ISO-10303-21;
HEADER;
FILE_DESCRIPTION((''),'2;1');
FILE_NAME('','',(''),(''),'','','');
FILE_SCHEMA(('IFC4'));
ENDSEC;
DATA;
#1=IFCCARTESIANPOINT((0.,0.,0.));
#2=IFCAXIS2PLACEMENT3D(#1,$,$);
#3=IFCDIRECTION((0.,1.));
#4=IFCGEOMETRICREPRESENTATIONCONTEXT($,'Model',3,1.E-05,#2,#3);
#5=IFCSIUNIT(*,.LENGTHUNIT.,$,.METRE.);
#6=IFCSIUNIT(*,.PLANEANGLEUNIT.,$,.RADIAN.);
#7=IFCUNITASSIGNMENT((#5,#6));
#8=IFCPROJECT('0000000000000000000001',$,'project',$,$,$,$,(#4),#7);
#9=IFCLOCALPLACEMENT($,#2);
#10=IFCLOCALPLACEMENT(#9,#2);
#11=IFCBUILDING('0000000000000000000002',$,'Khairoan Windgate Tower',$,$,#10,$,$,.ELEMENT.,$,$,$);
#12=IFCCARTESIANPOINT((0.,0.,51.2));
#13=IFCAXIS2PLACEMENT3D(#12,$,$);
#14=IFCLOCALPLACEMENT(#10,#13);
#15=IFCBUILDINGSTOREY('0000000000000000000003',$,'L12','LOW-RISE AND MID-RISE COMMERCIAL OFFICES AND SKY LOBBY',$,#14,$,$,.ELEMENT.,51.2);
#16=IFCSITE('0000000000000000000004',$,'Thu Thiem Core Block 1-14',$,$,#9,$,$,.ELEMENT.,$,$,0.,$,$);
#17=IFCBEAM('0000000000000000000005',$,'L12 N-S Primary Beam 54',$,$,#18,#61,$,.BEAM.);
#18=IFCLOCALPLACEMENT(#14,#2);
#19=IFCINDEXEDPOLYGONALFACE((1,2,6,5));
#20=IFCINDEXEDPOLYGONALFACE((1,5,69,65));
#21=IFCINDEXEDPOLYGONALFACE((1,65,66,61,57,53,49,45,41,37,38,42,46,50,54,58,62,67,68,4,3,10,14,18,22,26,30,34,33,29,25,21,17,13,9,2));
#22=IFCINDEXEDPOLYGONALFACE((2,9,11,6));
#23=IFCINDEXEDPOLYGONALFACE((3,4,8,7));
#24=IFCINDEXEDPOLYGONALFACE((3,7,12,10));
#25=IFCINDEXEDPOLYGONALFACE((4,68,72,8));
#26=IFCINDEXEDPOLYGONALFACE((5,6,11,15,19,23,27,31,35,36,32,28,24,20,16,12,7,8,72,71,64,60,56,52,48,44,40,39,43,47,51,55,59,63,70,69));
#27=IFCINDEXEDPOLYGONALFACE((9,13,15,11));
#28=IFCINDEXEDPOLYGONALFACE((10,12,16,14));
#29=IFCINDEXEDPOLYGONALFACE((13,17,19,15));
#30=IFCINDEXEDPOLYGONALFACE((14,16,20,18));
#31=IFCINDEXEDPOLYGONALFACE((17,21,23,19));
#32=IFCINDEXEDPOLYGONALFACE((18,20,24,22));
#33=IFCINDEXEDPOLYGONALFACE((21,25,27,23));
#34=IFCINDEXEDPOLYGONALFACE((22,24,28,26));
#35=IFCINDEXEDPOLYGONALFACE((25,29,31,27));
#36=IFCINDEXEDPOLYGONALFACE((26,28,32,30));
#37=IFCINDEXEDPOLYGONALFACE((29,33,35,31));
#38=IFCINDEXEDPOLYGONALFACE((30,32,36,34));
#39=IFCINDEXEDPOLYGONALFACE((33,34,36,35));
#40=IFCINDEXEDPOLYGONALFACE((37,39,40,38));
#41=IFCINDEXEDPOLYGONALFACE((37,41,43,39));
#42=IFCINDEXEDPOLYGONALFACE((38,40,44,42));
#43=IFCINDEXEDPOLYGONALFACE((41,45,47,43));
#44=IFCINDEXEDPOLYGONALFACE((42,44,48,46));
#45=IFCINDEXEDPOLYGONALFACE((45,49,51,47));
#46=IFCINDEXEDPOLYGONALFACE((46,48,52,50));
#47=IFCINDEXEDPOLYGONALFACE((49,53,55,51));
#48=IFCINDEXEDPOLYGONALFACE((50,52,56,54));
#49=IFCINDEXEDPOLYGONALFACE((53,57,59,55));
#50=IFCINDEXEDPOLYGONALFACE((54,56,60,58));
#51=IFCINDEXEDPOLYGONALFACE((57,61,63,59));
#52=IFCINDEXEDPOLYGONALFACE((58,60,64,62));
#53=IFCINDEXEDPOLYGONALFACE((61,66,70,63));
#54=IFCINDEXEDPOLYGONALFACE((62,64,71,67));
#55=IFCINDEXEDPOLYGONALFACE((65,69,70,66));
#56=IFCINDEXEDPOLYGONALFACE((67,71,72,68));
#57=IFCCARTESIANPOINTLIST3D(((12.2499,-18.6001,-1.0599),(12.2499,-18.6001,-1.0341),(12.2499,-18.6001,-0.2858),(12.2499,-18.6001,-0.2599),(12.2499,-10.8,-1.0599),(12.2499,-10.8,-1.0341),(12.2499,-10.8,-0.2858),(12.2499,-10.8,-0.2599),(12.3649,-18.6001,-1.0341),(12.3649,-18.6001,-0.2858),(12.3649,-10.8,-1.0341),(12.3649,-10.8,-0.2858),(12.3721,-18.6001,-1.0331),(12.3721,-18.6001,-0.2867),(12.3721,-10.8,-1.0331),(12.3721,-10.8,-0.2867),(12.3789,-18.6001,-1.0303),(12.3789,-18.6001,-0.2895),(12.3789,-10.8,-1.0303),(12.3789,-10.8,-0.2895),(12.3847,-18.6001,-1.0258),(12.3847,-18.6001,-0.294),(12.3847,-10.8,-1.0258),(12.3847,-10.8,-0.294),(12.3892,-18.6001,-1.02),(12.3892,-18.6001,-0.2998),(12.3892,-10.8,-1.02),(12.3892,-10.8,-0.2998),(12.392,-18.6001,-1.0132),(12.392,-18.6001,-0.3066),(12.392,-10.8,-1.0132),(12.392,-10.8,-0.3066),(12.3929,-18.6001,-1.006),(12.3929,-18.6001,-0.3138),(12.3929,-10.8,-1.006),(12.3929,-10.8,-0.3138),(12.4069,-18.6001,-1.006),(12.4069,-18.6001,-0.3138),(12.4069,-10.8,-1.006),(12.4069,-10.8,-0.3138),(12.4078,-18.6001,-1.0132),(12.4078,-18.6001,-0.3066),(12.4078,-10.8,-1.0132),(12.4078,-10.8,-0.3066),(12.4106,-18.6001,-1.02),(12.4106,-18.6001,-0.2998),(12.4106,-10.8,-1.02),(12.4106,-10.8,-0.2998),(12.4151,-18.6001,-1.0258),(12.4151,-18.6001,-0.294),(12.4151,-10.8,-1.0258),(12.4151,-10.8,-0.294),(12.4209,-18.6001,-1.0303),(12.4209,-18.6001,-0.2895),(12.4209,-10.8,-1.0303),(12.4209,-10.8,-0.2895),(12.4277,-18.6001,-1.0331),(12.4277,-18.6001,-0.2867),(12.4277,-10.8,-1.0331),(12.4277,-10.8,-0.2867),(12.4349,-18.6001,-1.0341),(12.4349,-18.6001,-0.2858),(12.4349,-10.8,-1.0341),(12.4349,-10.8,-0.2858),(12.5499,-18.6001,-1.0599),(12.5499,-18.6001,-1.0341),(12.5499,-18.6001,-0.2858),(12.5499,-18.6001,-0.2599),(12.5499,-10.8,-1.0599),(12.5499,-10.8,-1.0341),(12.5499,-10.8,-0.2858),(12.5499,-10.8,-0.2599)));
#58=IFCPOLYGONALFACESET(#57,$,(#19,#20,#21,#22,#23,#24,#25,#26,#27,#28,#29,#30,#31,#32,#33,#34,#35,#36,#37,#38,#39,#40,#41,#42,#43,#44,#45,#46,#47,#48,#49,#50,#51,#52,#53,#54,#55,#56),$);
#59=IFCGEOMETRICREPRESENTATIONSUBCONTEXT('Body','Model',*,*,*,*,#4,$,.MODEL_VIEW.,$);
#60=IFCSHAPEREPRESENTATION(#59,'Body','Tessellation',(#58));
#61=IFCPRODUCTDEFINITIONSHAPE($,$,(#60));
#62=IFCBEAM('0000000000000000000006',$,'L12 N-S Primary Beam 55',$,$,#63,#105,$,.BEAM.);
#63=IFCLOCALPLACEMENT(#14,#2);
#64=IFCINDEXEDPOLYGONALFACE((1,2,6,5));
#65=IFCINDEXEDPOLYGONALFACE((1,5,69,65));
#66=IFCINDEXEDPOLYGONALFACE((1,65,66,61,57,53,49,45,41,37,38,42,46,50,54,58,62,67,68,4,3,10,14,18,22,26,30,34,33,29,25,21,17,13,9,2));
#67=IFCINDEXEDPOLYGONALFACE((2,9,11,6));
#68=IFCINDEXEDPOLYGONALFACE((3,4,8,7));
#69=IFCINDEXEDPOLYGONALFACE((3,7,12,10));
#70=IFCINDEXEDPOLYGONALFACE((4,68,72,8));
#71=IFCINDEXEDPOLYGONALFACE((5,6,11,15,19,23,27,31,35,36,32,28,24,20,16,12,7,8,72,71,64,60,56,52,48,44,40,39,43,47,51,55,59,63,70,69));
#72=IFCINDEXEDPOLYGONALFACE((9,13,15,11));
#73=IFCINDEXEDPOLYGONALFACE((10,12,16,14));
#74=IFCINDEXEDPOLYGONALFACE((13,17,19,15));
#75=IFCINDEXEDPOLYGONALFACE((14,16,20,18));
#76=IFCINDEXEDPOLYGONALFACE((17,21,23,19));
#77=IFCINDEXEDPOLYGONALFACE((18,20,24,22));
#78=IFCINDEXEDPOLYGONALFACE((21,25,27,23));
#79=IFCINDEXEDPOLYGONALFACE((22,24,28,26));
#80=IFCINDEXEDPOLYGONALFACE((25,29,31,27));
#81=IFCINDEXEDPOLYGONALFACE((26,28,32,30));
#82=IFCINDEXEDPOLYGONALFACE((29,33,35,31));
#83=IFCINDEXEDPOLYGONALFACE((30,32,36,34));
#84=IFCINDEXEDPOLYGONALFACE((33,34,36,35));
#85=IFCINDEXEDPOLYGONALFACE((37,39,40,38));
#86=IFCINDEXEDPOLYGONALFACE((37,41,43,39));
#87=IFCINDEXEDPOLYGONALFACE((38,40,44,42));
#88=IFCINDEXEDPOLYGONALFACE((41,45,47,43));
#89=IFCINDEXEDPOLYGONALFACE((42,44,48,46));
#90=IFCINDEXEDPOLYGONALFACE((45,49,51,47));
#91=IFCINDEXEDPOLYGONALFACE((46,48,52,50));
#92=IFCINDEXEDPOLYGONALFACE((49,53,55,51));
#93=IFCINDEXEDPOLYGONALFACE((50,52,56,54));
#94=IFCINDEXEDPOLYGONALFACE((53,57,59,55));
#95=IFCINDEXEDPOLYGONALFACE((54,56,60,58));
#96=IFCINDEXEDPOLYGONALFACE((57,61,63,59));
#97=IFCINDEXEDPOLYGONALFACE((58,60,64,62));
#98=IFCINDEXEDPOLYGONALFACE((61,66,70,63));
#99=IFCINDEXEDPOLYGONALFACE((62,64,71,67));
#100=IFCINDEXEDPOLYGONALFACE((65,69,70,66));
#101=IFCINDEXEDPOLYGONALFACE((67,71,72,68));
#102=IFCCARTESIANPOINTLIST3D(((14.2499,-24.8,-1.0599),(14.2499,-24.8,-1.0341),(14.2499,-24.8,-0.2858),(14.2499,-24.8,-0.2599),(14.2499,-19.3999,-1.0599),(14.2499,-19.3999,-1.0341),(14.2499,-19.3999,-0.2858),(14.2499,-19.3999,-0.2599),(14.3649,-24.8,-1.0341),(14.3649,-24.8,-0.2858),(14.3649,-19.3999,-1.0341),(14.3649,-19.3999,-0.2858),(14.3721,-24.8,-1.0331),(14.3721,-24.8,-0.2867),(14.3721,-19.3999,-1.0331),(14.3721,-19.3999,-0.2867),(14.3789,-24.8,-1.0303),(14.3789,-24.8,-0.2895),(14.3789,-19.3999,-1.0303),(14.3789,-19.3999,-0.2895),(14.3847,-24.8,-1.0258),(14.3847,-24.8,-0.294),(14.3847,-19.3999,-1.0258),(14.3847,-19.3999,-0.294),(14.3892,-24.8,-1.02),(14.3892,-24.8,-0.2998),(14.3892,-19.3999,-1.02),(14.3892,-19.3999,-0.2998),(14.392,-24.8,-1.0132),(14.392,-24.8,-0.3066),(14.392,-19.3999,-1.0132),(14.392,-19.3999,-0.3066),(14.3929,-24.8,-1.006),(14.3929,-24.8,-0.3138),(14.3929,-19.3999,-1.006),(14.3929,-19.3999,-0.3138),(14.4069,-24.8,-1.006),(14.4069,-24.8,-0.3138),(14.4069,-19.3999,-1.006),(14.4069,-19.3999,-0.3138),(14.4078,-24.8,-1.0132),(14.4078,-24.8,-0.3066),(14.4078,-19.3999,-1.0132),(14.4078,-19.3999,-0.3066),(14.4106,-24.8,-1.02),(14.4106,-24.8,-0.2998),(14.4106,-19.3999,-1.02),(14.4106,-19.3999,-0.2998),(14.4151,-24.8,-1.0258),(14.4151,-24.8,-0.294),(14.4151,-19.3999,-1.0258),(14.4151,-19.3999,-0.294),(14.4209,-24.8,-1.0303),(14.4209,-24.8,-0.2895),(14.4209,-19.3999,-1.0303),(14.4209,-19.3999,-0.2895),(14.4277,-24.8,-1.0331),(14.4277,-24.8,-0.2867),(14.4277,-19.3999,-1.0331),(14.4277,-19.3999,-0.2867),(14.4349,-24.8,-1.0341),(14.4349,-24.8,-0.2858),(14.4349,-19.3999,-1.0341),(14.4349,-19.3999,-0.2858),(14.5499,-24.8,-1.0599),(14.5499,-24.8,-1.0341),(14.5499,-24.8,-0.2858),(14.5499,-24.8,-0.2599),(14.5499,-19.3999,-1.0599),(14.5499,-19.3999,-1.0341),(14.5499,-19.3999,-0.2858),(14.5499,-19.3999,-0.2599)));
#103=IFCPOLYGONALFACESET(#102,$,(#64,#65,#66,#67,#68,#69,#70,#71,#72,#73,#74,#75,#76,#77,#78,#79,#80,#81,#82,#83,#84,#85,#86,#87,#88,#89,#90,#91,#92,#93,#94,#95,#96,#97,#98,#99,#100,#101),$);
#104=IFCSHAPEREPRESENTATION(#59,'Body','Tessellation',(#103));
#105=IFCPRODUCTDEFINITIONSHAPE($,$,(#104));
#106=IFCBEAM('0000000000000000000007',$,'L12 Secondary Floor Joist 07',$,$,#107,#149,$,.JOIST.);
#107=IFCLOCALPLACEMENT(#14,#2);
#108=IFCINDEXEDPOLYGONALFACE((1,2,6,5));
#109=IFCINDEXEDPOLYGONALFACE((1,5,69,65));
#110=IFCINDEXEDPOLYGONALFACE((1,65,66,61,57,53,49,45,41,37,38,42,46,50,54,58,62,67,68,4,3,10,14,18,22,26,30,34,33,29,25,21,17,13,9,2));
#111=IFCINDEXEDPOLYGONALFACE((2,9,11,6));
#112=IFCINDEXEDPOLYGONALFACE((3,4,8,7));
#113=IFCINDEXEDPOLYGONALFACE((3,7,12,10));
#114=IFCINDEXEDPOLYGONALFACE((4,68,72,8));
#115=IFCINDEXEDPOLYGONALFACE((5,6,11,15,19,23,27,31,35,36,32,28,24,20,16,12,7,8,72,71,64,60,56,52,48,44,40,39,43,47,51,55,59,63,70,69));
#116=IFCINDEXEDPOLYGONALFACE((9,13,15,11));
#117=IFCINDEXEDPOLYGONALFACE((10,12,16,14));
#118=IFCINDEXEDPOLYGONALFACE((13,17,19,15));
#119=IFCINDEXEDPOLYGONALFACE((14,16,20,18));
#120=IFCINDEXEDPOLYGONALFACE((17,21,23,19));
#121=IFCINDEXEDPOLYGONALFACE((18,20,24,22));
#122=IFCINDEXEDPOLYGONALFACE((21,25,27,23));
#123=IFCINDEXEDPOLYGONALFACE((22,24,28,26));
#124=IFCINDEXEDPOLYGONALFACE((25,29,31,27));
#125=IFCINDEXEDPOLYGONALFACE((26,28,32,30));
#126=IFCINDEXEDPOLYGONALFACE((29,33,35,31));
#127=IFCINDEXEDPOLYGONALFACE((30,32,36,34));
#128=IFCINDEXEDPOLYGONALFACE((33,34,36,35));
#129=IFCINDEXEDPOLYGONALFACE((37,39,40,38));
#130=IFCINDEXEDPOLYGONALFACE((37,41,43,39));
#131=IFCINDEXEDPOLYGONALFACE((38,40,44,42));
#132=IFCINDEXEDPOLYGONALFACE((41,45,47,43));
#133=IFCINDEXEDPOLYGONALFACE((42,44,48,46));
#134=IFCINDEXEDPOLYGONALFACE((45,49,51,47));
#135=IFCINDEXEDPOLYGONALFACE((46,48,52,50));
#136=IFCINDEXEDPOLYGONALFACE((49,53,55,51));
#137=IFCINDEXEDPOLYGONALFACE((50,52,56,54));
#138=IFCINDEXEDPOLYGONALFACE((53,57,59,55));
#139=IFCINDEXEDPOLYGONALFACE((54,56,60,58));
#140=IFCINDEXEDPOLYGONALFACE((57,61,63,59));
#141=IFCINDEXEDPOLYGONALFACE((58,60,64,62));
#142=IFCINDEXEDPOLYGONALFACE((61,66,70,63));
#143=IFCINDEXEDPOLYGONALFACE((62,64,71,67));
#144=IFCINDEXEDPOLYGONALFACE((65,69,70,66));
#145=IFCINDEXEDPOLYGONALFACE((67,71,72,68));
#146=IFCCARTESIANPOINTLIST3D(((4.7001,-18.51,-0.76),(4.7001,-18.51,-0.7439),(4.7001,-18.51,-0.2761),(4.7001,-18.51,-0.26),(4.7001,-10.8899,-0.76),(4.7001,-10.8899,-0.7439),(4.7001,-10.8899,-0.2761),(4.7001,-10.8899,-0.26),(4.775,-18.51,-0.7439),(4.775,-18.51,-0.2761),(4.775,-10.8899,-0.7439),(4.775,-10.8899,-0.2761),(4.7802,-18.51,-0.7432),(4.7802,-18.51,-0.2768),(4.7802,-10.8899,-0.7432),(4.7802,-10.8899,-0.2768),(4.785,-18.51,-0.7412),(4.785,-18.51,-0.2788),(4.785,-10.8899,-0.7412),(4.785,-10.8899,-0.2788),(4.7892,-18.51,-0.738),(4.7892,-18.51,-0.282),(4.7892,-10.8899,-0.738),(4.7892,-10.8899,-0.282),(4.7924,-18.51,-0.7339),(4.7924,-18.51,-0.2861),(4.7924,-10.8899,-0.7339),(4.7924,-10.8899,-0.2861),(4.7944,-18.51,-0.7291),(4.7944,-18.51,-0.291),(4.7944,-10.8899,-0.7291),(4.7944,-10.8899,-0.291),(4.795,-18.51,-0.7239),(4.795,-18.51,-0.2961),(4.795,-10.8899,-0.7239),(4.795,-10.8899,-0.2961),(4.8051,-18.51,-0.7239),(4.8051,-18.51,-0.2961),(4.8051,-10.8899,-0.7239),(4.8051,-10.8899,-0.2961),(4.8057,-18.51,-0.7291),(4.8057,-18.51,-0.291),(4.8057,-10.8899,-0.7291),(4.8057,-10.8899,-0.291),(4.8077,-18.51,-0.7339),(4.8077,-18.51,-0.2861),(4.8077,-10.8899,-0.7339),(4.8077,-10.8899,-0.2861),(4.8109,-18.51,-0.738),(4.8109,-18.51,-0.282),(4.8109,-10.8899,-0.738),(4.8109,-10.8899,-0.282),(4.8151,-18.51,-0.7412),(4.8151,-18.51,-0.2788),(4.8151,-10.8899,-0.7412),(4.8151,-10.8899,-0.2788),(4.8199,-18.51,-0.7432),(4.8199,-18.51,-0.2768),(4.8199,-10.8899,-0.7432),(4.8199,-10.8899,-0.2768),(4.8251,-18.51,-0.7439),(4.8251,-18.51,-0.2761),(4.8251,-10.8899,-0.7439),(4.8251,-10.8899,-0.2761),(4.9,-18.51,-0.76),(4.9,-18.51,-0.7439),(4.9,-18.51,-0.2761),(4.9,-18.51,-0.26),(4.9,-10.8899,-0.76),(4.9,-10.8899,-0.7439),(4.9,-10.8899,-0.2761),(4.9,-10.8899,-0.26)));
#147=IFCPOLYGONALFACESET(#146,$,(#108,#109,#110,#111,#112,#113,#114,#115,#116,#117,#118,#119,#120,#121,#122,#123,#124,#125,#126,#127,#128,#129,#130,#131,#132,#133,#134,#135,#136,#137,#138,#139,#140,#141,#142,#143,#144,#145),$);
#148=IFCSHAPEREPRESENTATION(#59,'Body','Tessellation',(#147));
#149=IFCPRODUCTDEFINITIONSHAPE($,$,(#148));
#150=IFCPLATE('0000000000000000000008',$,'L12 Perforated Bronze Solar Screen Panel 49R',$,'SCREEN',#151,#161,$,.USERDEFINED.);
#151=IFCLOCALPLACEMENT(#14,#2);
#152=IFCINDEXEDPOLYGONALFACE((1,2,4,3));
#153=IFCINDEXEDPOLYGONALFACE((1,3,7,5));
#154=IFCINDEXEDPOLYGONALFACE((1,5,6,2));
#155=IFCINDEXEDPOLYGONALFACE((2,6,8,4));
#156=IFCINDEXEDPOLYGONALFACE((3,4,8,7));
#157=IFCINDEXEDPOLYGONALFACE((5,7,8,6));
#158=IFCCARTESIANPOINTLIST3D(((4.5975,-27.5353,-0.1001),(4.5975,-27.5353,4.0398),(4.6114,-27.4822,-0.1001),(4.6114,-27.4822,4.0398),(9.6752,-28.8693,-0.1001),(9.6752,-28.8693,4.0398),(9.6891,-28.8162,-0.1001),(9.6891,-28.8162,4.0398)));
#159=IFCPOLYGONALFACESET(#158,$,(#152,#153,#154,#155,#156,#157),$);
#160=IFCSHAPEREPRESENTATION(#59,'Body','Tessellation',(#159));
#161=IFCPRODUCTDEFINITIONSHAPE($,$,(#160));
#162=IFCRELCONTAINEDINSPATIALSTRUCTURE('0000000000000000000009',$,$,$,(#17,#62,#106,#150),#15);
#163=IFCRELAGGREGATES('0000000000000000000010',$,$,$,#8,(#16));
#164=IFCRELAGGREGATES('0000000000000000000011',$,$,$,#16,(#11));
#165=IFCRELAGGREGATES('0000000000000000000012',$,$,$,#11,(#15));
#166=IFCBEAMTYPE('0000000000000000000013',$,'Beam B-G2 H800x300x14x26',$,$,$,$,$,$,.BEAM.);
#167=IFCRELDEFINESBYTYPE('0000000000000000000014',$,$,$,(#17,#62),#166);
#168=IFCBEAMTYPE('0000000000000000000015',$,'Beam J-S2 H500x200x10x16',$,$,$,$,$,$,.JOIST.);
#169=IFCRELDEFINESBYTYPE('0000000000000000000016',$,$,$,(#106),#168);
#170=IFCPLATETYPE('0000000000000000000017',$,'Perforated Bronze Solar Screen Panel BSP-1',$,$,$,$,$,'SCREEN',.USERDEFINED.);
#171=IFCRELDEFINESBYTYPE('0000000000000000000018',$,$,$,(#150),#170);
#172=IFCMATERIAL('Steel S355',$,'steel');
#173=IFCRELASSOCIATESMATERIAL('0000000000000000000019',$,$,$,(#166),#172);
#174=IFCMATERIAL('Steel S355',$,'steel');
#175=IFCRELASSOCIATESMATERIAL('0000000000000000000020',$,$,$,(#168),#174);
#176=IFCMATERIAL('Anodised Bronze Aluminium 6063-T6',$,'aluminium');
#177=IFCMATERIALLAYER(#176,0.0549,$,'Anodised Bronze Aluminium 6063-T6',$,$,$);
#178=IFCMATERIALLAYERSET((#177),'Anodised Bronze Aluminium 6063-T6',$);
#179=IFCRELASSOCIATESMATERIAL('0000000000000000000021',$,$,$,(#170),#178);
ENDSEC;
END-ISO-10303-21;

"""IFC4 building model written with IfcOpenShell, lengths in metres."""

from ifc_helpers import new_model, si_unit, direction, frame, origin, origin_2d, place, context, subcontext, project, spatial, rectangle, i_section, extrude, material, layer, layer_set, material_profile, profile_set, type_object, element, save


model = new_model("IFC4")

# Units and contexts
model_context = context("Model", 3, precision=1e-05, world=origin(), true_north=direction((0.0, 1.0)))
body_context = subcontext(model_context, "Body", "Model", "MODEL_VIEW")
ifc_project = project(units=[si_unit("LENGTHUNIT", "METRE"), si_unit("PLANEANGLEUNIT", "RADIAN")], contexts=[model_context])

# Site, building, storey
site_placement = place(None, origin())
site = spatial("IfcSite", under=ifc_project, at=site_placement, Name="Thu Thiem Core Block 1-14", CompositionType="ELEMENT", RefElevation=0.0)
building_placement = place(site_placement, origin())
building = spatial("IfcBuilding", under=site, at=building_placement, Name="Khairoan Windgate Tower", CompositionType="ELEMENT")
storey_placement = place(building_placement, frame((0.0, 0.0, 51.2)))
storey = spatial("IfcBuildingStorey", under=building, at=storey_placement, Name="L12", Description="LOW-RISE AND MID-RISE COMMERCIAL OFFICES AND SKY LOBBY", CompositionType="ELEMENT", Elevation=51.2)

# Beams
ifc_material_1 = material(Name="Steel S355", Category="steel")
ifc_material_profile_1 = material_profile(ifc_material_1, i_section(OverallWidth=0.3, OverallDepth=0.8, WebThickness=0.0139, FlangeThickness=0.0259, FilletRadius=0.0281, at=origin_2d()))
ifc_profile_set_1 = profile_set([ifc_material_profile_1], Name="Steel S355")
beam_type_1 = type_object("IfcBeamType", Name="Beam B-G2 H800x300x14x26", PredefinedType="BEAM", material=ifc_profile_set_1)
for number, where, z_axis, x_axis, name in (
    (1, (12.3999, -18.6001, -0.6599), (0.0, 1.0, 0.0), (-1.0, 0.0, 0.0), "L12 N-S Primary Beam 54"),
):
    element("IfcBeam", number, at=place(storey_placement, frame(where, z_axis=z_axis, x_axis=x_axis)), inside=storey, type_object=beam_type_1, Name=name, PredefinedType="BEAM", context=body_context, shape_type="SweptSolid", body=[
        extrude(i_section(OverallWidth=0.3, OverallDepth=0.8, WebThickness=0.0139, FlangeThickness=0.0259, FilletRadius=0.0281, at=origin_2d()), origin(), (0.0, 0.0, 1.0), 7.8),
    ])
beam_1_placement = place(storey_placement, frame((14.3999, -24.8, -0.6599), z_axis=(0.0, 1.0, 0.0), x_axis=(-1.0, 0.0, 0.0)))
element("IfcBeam", 2, at=beam_1_placement, inside=storey, type_object=beam_type_1, Name="L12 N-S Primary Beam 55", PredefinedType="BEAM", context=body_context, shape_type="SweptSolid", body=[
    extrude(i_section(OverallWidth=0.3, OverallDepth=0.8, WebThickness=0.0139, FlangeThickness=0.0259, FilletRadius=0.0281, at=origin_2d()), origin(), (0.0, 0.0, 1.0), 5.4001),
])
ifc_material_2 = material(Name="Steel S355", Category="steel")
ifc_material_profile_2 = material_profile(ifc_material_2, i_section(OverallWidth=0.2, OverallDepth=0.5, WebThickness=0.01, FlangeThickness=0.0161, FilletRadius=0.02, at=origin_2d()))
ifc_profile_set_2 = profile_set([ifc_material_profile_2], Name="Steel S355")
beam_type_2 = type_object("IfcBeamType", Name="Beam J-S2 H500x200x10x16", PredefinedType="JOIST", material=ifc_profile_set_2)
beam_2_placement = place(storey_placement, frame((4.8, -18.51, -0.51), z_axis=(0.0, 1.0, 0.0), x_axis=(-1.0, 0.0, 0.0)))
element("IfcBeam", 3, at=beam_2_placement, inside=storey, type_object=beam_type_2, Name="L12 Secondary Floor Joist 07", PredefinedType="JOIST", context=body_context, shape_type="SweptSolid", body=[
    extrude(i_section(OverallWidth=0.2, OverallDepth=0.5, WebThickness=0.01, FlangeThickness=0.0161, FilletRadius=0.02, at=origin_2d()), origin(), (0.0, 0.0, 1.0), 7.6201),
])

# Plate
ifc_material_3 = material(Name="Anodised Bronze Aluminium 6063-T6", Category="aluminium")
ifc_layer_1 = layer(ifc_material_3, 0.0549, Name="Anodised Bronze Aluminium 6063-T6")
ifc_layer_set_1 = layer_set([ifc_layer_1], Name="Anodised Bronze Aluminium 6063-T6")
plate_type = type_object("IfcPlateType", Name="Perforated Bronze Solar Screen Panel BSP-1", ElementType="SCREEN", PredefinedType="USERDEFINED", material=ifc_layer_set_1)
plate_placement = place(storey_placement, frame((7.1433, -28.1758, -0.1001), z_axis=(0.0, 0.0, 1.0), x_axis=(-0.967179, 0.254096, 0.0)))
element("IfcPlate", 4, at=plate_placement, inside=storey, type_object=plate_type, Name="L12 Perforated Bronze Solar Screen Panel 49R", ObjectType="SCREEN", PredefinedType="USERDEFINED", context=body_context, shape_type="SweptSolid", body=[
    extrude(rectangle(XDim=5.25, YDim=0.0549, at=origin_2d()), origin(), (0.0, 0.0, 1.0), 4.1399),
])

save(model, "model.ifc")
